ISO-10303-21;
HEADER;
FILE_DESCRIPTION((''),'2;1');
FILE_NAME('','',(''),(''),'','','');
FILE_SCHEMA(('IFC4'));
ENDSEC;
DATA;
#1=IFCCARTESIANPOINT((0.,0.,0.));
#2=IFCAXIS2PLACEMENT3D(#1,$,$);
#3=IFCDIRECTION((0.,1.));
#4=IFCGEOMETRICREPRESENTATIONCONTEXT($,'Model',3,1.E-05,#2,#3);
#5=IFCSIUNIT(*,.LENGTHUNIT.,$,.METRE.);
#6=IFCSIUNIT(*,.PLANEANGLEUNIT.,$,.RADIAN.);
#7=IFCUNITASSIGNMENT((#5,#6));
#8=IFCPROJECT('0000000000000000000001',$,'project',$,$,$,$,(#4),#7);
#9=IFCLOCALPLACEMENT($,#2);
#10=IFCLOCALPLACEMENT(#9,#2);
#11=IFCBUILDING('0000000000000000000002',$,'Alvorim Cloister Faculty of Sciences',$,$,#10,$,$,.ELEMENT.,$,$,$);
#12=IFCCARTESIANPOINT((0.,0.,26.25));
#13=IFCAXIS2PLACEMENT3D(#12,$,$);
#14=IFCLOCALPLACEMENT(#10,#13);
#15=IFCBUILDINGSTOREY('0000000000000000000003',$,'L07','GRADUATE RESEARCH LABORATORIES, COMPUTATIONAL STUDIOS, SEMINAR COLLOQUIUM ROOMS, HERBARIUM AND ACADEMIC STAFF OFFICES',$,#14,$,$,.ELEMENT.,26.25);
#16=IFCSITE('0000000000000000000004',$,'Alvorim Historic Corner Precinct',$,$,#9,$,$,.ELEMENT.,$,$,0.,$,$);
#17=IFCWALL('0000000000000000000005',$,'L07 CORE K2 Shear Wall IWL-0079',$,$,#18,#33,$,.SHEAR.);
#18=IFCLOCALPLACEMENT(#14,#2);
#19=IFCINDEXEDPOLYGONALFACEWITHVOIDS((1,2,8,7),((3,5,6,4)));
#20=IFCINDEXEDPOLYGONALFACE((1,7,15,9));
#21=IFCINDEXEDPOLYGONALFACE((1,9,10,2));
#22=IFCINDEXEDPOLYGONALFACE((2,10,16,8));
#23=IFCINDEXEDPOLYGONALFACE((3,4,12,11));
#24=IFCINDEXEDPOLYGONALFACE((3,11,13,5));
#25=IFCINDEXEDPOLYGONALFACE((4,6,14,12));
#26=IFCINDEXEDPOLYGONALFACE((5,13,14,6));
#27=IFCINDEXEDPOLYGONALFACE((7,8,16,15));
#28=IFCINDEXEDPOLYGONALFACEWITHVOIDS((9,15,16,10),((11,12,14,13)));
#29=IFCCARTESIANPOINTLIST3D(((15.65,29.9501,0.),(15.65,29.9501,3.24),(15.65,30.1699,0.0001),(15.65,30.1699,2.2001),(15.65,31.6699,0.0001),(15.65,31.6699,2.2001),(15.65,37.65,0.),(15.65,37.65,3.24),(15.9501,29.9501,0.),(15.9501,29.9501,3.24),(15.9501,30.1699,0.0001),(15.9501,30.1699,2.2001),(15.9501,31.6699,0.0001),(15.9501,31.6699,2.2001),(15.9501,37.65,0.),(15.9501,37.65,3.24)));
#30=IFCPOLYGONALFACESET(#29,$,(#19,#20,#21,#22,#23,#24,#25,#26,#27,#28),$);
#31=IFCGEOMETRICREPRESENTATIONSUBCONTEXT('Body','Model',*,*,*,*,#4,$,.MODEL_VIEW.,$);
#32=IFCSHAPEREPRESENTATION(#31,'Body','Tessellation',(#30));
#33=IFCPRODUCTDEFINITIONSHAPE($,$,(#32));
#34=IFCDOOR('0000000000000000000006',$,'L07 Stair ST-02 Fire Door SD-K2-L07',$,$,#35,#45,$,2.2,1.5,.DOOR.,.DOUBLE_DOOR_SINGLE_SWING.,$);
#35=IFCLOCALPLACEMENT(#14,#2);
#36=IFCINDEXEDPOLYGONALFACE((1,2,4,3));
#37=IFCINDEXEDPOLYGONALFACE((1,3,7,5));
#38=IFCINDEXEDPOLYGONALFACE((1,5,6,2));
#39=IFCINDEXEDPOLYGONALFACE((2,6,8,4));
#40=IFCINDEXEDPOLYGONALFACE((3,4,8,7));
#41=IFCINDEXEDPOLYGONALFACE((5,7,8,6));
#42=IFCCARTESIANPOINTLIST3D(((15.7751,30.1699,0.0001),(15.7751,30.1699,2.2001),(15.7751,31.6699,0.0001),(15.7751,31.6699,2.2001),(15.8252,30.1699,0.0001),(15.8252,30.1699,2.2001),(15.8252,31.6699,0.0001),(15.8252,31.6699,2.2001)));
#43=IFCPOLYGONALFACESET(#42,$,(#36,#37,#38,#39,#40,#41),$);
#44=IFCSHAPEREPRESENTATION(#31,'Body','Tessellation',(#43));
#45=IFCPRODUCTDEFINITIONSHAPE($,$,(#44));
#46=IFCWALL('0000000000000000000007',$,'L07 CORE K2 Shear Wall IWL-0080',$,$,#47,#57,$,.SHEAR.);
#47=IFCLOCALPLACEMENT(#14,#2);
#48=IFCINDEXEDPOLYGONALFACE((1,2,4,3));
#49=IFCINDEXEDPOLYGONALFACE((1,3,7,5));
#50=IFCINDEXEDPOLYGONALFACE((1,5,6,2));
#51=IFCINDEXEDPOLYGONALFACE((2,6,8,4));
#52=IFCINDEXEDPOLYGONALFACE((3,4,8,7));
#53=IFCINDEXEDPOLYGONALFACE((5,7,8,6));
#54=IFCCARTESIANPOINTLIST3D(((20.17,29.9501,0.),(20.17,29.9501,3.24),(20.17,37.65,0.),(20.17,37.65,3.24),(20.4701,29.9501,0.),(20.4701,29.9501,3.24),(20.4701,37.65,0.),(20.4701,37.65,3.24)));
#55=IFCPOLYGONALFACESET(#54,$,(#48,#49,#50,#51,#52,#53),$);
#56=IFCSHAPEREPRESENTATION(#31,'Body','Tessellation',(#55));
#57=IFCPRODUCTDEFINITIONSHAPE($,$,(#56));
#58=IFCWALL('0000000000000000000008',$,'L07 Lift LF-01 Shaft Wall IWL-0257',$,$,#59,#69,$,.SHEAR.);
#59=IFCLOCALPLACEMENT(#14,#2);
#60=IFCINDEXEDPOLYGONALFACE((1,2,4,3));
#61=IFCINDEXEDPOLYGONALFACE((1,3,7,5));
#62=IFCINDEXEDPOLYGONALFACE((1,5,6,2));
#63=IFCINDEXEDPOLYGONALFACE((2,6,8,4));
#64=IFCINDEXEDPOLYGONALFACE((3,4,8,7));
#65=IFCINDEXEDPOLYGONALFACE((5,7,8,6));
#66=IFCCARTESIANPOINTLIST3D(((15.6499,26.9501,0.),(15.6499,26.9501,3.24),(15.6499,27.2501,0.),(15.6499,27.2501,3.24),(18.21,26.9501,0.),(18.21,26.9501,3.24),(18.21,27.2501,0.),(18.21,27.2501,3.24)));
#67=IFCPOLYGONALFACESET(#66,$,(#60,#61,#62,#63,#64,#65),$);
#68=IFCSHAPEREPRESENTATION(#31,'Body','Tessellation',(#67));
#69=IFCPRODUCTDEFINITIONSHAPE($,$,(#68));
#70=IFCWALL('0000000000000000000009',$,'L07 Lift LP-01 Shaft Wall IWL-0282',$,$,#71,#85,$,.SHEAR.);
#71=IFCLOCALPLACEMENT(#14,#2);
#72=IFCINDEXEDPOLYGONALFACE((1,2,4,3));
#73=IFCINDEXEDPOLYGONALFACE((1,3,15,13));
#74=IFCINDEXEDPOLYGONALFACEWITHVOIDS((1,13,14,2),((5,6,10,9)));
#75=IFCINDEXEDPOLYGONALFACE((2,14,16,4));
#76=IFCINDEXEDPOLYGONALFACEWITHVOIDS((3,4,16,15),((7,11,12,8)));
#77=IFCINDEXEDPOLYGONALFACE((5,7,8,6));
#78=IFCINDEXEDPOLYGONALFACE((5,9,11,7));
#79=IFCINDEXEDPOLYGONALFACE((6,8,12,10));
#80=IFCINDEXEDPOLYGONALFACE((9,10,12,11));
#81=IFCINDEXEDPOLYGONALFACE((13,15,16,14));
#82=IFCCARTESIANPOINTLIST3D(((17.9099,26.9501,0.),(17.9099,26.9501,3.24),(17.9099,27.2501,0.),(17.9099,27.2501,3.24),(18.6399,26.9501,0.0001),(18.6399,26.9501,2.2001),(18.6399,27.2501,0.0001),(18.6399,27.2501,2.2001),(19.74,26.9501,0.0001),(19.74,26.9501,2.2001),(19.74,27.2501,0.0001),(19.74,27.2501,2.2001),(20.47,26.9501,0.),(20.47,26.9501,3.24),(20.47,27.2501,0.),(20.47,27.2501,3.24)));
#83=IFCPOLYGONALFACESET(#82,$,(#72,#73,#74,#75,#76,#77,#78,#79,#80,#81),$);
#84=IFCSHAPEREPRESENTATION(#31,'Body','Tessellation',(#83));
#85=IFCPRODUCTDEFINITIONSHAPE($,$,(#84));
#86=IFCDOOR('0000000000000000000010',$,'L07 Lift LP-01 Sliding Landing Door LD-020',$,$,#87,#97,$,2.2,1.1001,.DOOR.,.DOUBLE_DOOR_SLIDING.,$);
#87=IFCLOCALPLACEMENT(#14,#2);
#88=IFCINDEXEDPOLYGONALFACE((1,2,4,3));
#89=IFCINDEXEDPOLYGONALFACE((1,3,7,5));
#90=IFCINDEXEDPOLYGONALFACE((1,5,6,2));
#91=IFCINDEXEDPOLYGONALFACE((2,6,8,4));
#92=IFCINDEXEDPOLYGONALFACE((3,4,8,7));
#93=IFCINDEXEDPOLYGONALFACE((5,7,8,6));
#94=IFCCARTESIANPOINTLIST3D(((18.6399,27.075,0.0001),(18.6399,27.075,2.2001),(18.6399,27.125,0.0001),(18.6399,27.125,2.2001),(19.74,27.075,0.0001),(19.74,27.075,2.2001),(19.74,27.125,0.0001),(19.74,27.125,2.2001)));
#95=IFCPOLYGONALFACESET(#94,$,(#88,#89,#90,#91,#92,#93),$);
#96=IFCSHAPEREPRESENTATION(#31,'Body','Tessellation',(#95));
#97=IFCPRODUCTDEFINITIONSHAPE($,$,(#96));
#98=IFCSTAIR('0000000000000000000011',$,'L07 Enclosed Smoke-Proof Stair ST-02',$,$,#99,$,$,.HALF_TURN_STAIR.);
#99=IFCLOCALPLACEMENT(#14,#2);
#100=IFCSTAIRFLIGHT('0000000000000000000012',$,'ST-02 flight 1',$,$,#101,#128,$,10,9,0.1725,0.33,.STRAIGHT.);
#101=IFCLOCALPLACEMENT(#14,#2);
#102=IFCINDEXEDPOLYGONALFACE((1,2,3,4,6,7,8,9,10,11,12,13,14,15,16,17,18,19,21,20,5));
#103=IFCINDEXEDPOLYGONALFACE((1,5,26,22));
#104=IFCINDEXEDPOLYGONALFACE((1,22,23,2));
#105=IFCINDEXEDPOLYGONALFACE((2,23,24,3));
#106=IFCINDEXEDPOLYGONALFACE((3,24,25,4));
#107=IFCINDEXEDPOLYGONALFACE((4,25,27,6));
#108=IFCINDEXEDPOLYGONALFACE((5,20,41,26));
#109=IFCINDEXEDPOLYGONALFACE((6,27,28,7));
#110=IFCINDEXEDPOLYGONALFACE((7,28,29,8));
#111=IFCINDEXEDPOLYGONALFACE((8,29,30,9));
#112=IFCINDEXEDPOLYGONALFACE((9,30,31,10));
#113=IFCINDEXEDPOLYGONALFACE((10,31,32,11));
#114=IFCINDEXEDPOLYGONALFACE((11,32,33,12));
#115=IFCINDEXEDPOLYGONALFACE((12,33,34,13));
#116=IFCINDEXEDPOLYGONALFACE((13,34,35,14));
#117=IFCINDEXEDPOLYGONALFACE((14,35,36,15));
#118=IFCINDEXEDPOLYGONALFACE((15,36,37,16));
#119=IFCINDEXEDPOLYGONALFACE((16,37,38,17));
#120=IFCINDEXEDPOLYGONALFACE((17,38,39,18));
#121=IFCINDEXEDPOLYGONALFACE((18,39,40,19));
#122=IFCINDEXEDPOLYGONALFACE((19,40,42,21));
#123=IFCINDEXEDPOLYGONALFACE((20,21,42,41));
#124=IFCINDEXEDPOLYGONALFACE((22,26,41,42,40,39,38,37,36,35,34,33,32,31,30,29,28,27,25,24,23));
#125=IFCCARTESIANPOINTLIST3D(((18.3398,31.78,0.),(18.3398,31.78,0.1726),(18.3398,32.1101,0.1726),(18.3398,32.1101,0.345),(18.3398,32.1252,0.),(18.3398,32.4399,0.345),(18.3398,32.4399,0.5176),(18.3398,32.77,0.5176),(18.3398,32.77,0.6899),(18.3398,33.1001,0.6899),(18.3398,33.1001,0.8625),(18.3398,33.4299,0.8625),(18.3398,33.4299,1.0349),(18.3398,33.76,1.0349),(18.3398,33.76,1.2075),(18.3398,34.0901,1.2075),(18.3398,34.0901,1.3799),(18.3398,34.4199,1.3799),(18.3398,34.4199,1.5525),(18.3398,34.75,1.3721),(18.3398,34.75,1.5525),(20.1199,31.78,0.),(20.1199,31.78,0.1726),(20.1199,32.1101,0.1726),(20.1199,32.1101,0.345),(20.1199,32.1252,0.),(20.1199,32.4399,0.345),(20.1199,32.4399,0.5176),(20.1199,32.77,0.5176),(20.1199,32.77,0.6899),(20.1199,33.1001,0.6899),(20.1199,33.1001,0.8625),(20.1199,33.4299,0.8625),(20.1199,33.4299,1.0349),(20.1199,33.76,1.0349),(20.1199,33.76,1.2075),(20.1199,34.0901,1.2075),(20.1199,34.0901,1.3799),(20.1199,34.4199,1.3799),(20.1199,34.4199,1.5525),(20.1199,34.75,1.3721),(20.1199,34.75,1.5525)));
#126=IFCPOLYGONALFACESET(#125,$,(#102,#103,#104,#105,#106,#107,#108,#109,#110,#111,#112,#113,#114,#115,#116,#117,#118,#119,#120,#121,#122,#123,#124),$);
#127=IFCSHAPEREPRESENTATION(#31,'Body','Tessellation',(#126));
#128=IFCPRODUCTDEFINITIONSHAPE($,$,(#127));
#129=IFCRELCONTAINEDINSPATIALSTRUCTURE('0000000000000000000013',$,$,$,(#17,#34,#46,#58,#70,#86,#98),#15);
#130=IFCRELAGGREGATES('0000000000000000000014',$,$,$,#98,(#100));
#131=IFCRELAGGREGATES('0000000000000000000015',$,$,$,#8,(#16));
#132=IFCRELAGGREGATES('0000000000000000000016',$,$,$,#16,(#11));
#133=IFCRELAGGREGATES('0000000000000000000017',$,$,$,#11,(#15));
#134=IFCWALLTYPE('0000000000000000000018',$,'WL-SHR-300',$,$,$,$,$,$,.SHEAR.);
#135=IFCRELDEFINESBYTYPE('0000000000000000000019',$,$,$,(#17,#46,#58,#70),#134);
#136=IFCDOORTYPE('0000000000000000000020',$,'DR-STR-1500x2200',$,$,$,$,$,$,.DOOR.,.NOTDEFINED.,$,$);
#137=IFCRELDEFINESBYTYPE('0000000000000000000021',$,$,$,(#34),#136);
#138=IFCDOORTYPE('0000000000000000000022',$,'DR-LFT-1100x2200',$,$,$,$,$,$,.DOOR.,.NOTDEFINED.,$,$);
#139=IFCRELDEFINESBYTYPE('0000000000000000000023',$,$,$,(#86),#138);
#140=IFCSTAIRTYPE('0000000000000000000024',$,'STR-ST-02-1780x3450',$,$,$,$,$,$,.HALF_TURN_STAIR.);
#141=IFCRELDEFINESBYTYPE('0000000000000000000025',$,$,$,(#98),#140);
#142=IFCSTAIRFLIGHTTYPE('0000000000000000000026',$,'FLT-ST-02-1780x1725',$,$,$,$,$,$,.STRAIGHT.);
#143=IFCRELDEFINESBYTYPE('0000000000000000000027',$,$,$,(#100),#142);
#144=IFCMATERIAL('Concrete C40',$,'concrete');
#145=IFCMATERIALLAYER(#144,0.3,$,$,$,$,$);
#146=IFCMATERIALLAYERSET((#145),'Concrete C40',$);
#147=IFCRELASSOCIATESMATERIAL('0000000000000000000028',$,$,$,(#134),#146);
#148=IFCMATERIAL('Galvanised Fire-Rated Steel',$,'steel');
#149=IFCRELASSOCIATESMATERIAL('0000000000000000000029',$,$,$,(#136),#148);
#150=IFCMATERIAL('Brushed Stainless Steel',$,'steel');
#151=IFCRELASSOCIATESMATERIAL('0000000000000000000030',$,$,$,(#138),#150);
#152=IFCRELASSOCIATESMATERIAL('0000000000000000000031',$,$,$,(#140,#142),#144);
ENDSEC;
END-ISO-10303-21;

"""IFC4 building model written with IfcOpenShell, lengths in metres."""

from ifc_helpers import new_model, si_unit, direction, frame, frame_2d, origin, place, context, subcontext, project, spatial, polyline, rectangle, outline, extrude, material, layer, layer_set, type_object, element, fill, aggregate, save


model = new_model("IFC4")

# Units and contexts
model_context = context("Model", 3, precision=1e-05, world=origin(), true_north=direction((0.0, 1.0)))
body_context = subcontext(model_context, "Body", "Model", "MODEL_VIEW")
ifc_project = project(units=[si_unit("LENGTHUNIT", "METRE"), si_unit("PLANEANGLEUNIT", "RADIAN")], contexts=[model_context])

# Site, building, storey
site_placement = place(None, origin())
site = spatial("IfcSite", under=ifc_project, at=site_placement, Name="Alvorim Historic Corner Precinct", CompositionType="ELEMENT", RefElevation=0.0)
building_placement = place(site_placement, origin())
building = spatial("IfcBuilding", under=site, at=building_placement, Name="Alvorim Cloister Faculty of Sciences", CompositionType="ELEMENT")
storey_placement = place(building_placement, frame((0.0, 0.0, 26.25)))
storey = spatial("IfcBuildingStorey", under=building, at=storey_placement, Name="L07", Description="GRADUATE RESEARCH LABORATORIES, COMPUTATIONAL STUDIOS, SEMINAR COLLOQUIUM ROOMS, HERBARIUM AND ACADEMIC STAFF OFFICES", CompositionType="ELEMENT", Elevation=26.25)

# Shared definitions
ifc_material_1 = material(Name="Concrete C40", Category="concrete")
ifc_layer_1 = layer(ifc_material_1, 0.3)
ifc_layer_set_1 = layer_set([ifc_layer_1], Name="Concrete C40")
wall_type_1 = type_object("IfcWallType", Name="WL-SHR-300", PredefinedType="SHEAR", material=ifc_layer_set_1)

# Wall, opening, door
wall_1_placement = place(storey_placement, frame((15.8, 29.95, 0.0), z_axis=(0.0, 0.0, 1.0), x_axis=(0.0, 1.0, 0.0)))
wall_1 = element("IfcWall", 1, at=wall_1_placement, inside=storey, type_object=wall_type_1, Name="L07 CORE K2 Shear Wall IWL-0079", PredefinedType="SHEAR", context=body_context, shape_type="SweptSolid", body=[
    extrude(rectangle(XDim=7.7, YDim=0.3, at=frame_2d((3.8501, 0.0))), origin(), (0.0, 0.0, 1.0), 3.24),
])
opening_1_placement = place(wall_1_placement, frame((0.22, 0.0, 0.0)))
opening_1 = element("IfcOpeningElement", 2, at=opening_1_placement, cuts=wall_1, PredefinedType="OPENING", context=body_context, shape_type="SweptSolid", body=[
    extrude(rectangle(XDim=1.5, YDim=2.2, at=frame_2d((0.75, 1.1001))), frame((0.0, 0.1621, 0.0), z_axis=(0.0, -1.0, 0.0), x_axis=(1.0, 0.0, 0.0)), (0.0, 0.0, 1.0), 0.324),
])
ifc_material_2 = material(Name="Galvanised Fire-Rated Steel", Category="steel")
door_type_1 = type_object("IfcDoorType", Name="DR-STR-1500x2200", OperationType="NOTDEFINED", PredefinedType="DOOR", material=ifc_material_2)
door_1_placement = place(opening_1_placement, origin())
door_1 = element("IfcDoor", 3, at=door_1_placement, inside=storey, type_object=door_type_1, Name="L07 Stair ST-02 Fire Door SD-K2-L07", OperationType="DOUBLE_DOOR_SINGLE_SWING", OverallHeight=2.2, OverallWidth=1.5, PredefinedType="DOOR", context=body_context, shape_type="SweptSolid", body=[
    extrude(rectangle(XDim=1.5, YDim=2.2, at=frame_2d((0.75, 1.1001))), frame((0.0, 0.0249, 0.0), z_axis=(0.0, -1.0, 0.0), x_axis=(1.0, 0.0, 0.0)), (0.0, 0.0, 1.0), 0.05),
])
fill(opening_1, door_1)

# Walls
wall_2_placement = place(storey_placement, frame((20.3201, 29.95, 0.0), z_axis=(0.0, 0.0, 1.0), x_axis=(0.0, 1.0, 0.0)))
element("IfcWall", 4, at=wall_2_placement, inside=storey, type_object=wall_type_1, Name="L07 CORE K2 Shear Wall IWL-0080", PredefinedType="SHEAR", context=body_context, shape_type="SweptSolid", body=[
    extrude(rectangle(XDim=7.7, YDim=0.3, at=frame_2d((3.8501, 0.0))), origin(), (0.0, 0.0, 1.0), 3.24),
])
wall_3_placement = place(storey_placement, frame((15.6499, 27.1001, 0.0), z_axis=(0.0, 0.0, 1.0), x_axis=(1.0, 0.0, 0.0)))
element("IfcWall", 5, at=wall_3_placement, inside=storey, type_object=wall_type_1, Name="L07 Lift LF-01 Shaft Wall IWL-0257", PredefinedType="SHEAR", context=body_context, shape_type="SweptSolid", body=[
    extrude(rectangle(XDim=2.5601, YDim=0.3, at=frame_2d((1.28, 0.0))), origin(), (0.0, 0.0, 1.0), 3.24),
])

# Wall, opening, door
wall_4_placement = place(storey_placement, frame((17.9099, 27.1001, 0.0), z_axis=(0.0, 0.0, 1.0), x_axis=(1.0, 0.0, 0.0)))
wall_4 = element("IfcWall", 6, at=wall_4_placement, inside=storey, type_object=wall_type_1, Name="L07 Lift LP-01 Shaft Wall IWL-0282", PredefinedType="SHEAR", context=body_context, shape_type="SweptSolid", body=[
    extrude(rectangle(XDim=2.5601, YDim=0.3, at=frame_2d((1.28, 0.0))), origin(), (0.0, 0.0, 1.0), 3.24),
])
opening_2_placement = place(wall_4_placement, frame((0.73, 0.0, 0.0)))
opening_2 = element("IfcOpeningElement", 7, at=opening_2_placement, cuts=wall_4, PredefinedType="OPENING", context=body_context, shape_type="SweptSolid", body=[
    extrude(rectangle(XDim=1.1001, YDim=2.2, at=frame_2d((0.55, 1.1001))), frame((0.0, 0.1621, 0.0), z_axis=(0.0, -1.0, 0.0), x_axis=(1.0, 0.0, 0.0)), (0.0, 0.0, 1.0), 0.324),
])
ifc_material_3 = material(Name="Brushed Stainless Steel", Category="steel")
door_type_2 = type_object("IfcDoorType", Name="DR-LFT-1100x2200", OperationType="NOTDEFINED", PredefinedType="DOOR", material=ifc_material_3)
door_2_placement = place(opening_2_placement, origin())
door_2 = element("IfcDoor", 8, at=door_2_placement, inside=storey, type_object=door_type_2, Name="L07 Lift LP-01 Sliding Landing Door LD-020", OperationType="DOUBLE_DOOR_SLIDING", OverallHeight=2.2, OverallWidth=1.1001, PredefinedType="DOOR", context=body_context, shape_type="SweptSolid", body=[
    extrude(rectangle(XDim=1.1001, YDim=2.2, at=frame_2d((0.55, 1.1001))), frame((0.0, 0.0249, 0.0), z_axis=(0.0, -1.0, 0.0), x_axis=(1.0, 0.0, 0.0)), (0.0, 0.0, 1.0), 0.05),
])
fill(opening_2, door_2)

# Stair, stair flight
stair_type = type_object("IfcStairType", Name="STR-ST-02-1780x3450", PredefinedType="HALF_TURN_STAIR", material=ifc_material_1)
stair_placement = place(storey_placement, origin())
stair = element("IfcStair", 9, at=stair_placement, inside=storey, type_object=stair_type, Name="L07 Enclosed Smoke-Proof Stair ST-02", PredefinedType="HALF_TURN_STAIR")
stair_flight_type = type_object("IfcStairFlightType", Name="FLT-ST-02-1780x1725", PredefinedType="STRAIGHT", material=ifc_material_1)
stair_flight_placement = place(storey_placement, frame((19.23, 31.78, 0.0), z_axis=(0.0, 0.0, 1.0), x_axis=(0.0, 1.0, 0.0)))
stair_flight = element("IfcStairFlight", 10, at=stair_flight_placement, type_object=stair_flight_type, Name="ST-02 flight 1", NumberOfRisers=10, NumberOfTreads=9, PredefinedType="STRAIGHT", RiserHeight=0.1725, TreadLength=0.33, context=body_context, shape_type="SweptSolid", body=[
    extrude(outline(polyline([(0.3452, 0.0), (2.97, 1.3721), (2.97, 1.7251), (2.97, 1.5525), (2.6399, 1.5525), (2.6399, 1.3799), (2.3101, 1.3799), (2.3101, 1.2075), (1.98, 1.2075), (1.98, 1.0349), (1.6499, 1.0349), (1.6499, 0.8625), (1.3201, 0.8625), (1.3201, 0.6899), (0.99, 0.6899), (0.99, 0.5176), (0.6599, 0.5176), (0.6599, 0.345), (0.3301, 0.345), (0.3301, 0.1726), (0.0, 0.1726), (0.0, 0.0), (0.3452, 0.0)])), frame((0.0, 0.8901, 0.0), z_axis=(0.0, -1.0, 0.0), x_axis=(1.0, 0.0, 0.0)), (0.0, 0.0, 1.0), 1.78),
])
aggregate(stair, [stair_flight])

save(model, "model.ifc")
